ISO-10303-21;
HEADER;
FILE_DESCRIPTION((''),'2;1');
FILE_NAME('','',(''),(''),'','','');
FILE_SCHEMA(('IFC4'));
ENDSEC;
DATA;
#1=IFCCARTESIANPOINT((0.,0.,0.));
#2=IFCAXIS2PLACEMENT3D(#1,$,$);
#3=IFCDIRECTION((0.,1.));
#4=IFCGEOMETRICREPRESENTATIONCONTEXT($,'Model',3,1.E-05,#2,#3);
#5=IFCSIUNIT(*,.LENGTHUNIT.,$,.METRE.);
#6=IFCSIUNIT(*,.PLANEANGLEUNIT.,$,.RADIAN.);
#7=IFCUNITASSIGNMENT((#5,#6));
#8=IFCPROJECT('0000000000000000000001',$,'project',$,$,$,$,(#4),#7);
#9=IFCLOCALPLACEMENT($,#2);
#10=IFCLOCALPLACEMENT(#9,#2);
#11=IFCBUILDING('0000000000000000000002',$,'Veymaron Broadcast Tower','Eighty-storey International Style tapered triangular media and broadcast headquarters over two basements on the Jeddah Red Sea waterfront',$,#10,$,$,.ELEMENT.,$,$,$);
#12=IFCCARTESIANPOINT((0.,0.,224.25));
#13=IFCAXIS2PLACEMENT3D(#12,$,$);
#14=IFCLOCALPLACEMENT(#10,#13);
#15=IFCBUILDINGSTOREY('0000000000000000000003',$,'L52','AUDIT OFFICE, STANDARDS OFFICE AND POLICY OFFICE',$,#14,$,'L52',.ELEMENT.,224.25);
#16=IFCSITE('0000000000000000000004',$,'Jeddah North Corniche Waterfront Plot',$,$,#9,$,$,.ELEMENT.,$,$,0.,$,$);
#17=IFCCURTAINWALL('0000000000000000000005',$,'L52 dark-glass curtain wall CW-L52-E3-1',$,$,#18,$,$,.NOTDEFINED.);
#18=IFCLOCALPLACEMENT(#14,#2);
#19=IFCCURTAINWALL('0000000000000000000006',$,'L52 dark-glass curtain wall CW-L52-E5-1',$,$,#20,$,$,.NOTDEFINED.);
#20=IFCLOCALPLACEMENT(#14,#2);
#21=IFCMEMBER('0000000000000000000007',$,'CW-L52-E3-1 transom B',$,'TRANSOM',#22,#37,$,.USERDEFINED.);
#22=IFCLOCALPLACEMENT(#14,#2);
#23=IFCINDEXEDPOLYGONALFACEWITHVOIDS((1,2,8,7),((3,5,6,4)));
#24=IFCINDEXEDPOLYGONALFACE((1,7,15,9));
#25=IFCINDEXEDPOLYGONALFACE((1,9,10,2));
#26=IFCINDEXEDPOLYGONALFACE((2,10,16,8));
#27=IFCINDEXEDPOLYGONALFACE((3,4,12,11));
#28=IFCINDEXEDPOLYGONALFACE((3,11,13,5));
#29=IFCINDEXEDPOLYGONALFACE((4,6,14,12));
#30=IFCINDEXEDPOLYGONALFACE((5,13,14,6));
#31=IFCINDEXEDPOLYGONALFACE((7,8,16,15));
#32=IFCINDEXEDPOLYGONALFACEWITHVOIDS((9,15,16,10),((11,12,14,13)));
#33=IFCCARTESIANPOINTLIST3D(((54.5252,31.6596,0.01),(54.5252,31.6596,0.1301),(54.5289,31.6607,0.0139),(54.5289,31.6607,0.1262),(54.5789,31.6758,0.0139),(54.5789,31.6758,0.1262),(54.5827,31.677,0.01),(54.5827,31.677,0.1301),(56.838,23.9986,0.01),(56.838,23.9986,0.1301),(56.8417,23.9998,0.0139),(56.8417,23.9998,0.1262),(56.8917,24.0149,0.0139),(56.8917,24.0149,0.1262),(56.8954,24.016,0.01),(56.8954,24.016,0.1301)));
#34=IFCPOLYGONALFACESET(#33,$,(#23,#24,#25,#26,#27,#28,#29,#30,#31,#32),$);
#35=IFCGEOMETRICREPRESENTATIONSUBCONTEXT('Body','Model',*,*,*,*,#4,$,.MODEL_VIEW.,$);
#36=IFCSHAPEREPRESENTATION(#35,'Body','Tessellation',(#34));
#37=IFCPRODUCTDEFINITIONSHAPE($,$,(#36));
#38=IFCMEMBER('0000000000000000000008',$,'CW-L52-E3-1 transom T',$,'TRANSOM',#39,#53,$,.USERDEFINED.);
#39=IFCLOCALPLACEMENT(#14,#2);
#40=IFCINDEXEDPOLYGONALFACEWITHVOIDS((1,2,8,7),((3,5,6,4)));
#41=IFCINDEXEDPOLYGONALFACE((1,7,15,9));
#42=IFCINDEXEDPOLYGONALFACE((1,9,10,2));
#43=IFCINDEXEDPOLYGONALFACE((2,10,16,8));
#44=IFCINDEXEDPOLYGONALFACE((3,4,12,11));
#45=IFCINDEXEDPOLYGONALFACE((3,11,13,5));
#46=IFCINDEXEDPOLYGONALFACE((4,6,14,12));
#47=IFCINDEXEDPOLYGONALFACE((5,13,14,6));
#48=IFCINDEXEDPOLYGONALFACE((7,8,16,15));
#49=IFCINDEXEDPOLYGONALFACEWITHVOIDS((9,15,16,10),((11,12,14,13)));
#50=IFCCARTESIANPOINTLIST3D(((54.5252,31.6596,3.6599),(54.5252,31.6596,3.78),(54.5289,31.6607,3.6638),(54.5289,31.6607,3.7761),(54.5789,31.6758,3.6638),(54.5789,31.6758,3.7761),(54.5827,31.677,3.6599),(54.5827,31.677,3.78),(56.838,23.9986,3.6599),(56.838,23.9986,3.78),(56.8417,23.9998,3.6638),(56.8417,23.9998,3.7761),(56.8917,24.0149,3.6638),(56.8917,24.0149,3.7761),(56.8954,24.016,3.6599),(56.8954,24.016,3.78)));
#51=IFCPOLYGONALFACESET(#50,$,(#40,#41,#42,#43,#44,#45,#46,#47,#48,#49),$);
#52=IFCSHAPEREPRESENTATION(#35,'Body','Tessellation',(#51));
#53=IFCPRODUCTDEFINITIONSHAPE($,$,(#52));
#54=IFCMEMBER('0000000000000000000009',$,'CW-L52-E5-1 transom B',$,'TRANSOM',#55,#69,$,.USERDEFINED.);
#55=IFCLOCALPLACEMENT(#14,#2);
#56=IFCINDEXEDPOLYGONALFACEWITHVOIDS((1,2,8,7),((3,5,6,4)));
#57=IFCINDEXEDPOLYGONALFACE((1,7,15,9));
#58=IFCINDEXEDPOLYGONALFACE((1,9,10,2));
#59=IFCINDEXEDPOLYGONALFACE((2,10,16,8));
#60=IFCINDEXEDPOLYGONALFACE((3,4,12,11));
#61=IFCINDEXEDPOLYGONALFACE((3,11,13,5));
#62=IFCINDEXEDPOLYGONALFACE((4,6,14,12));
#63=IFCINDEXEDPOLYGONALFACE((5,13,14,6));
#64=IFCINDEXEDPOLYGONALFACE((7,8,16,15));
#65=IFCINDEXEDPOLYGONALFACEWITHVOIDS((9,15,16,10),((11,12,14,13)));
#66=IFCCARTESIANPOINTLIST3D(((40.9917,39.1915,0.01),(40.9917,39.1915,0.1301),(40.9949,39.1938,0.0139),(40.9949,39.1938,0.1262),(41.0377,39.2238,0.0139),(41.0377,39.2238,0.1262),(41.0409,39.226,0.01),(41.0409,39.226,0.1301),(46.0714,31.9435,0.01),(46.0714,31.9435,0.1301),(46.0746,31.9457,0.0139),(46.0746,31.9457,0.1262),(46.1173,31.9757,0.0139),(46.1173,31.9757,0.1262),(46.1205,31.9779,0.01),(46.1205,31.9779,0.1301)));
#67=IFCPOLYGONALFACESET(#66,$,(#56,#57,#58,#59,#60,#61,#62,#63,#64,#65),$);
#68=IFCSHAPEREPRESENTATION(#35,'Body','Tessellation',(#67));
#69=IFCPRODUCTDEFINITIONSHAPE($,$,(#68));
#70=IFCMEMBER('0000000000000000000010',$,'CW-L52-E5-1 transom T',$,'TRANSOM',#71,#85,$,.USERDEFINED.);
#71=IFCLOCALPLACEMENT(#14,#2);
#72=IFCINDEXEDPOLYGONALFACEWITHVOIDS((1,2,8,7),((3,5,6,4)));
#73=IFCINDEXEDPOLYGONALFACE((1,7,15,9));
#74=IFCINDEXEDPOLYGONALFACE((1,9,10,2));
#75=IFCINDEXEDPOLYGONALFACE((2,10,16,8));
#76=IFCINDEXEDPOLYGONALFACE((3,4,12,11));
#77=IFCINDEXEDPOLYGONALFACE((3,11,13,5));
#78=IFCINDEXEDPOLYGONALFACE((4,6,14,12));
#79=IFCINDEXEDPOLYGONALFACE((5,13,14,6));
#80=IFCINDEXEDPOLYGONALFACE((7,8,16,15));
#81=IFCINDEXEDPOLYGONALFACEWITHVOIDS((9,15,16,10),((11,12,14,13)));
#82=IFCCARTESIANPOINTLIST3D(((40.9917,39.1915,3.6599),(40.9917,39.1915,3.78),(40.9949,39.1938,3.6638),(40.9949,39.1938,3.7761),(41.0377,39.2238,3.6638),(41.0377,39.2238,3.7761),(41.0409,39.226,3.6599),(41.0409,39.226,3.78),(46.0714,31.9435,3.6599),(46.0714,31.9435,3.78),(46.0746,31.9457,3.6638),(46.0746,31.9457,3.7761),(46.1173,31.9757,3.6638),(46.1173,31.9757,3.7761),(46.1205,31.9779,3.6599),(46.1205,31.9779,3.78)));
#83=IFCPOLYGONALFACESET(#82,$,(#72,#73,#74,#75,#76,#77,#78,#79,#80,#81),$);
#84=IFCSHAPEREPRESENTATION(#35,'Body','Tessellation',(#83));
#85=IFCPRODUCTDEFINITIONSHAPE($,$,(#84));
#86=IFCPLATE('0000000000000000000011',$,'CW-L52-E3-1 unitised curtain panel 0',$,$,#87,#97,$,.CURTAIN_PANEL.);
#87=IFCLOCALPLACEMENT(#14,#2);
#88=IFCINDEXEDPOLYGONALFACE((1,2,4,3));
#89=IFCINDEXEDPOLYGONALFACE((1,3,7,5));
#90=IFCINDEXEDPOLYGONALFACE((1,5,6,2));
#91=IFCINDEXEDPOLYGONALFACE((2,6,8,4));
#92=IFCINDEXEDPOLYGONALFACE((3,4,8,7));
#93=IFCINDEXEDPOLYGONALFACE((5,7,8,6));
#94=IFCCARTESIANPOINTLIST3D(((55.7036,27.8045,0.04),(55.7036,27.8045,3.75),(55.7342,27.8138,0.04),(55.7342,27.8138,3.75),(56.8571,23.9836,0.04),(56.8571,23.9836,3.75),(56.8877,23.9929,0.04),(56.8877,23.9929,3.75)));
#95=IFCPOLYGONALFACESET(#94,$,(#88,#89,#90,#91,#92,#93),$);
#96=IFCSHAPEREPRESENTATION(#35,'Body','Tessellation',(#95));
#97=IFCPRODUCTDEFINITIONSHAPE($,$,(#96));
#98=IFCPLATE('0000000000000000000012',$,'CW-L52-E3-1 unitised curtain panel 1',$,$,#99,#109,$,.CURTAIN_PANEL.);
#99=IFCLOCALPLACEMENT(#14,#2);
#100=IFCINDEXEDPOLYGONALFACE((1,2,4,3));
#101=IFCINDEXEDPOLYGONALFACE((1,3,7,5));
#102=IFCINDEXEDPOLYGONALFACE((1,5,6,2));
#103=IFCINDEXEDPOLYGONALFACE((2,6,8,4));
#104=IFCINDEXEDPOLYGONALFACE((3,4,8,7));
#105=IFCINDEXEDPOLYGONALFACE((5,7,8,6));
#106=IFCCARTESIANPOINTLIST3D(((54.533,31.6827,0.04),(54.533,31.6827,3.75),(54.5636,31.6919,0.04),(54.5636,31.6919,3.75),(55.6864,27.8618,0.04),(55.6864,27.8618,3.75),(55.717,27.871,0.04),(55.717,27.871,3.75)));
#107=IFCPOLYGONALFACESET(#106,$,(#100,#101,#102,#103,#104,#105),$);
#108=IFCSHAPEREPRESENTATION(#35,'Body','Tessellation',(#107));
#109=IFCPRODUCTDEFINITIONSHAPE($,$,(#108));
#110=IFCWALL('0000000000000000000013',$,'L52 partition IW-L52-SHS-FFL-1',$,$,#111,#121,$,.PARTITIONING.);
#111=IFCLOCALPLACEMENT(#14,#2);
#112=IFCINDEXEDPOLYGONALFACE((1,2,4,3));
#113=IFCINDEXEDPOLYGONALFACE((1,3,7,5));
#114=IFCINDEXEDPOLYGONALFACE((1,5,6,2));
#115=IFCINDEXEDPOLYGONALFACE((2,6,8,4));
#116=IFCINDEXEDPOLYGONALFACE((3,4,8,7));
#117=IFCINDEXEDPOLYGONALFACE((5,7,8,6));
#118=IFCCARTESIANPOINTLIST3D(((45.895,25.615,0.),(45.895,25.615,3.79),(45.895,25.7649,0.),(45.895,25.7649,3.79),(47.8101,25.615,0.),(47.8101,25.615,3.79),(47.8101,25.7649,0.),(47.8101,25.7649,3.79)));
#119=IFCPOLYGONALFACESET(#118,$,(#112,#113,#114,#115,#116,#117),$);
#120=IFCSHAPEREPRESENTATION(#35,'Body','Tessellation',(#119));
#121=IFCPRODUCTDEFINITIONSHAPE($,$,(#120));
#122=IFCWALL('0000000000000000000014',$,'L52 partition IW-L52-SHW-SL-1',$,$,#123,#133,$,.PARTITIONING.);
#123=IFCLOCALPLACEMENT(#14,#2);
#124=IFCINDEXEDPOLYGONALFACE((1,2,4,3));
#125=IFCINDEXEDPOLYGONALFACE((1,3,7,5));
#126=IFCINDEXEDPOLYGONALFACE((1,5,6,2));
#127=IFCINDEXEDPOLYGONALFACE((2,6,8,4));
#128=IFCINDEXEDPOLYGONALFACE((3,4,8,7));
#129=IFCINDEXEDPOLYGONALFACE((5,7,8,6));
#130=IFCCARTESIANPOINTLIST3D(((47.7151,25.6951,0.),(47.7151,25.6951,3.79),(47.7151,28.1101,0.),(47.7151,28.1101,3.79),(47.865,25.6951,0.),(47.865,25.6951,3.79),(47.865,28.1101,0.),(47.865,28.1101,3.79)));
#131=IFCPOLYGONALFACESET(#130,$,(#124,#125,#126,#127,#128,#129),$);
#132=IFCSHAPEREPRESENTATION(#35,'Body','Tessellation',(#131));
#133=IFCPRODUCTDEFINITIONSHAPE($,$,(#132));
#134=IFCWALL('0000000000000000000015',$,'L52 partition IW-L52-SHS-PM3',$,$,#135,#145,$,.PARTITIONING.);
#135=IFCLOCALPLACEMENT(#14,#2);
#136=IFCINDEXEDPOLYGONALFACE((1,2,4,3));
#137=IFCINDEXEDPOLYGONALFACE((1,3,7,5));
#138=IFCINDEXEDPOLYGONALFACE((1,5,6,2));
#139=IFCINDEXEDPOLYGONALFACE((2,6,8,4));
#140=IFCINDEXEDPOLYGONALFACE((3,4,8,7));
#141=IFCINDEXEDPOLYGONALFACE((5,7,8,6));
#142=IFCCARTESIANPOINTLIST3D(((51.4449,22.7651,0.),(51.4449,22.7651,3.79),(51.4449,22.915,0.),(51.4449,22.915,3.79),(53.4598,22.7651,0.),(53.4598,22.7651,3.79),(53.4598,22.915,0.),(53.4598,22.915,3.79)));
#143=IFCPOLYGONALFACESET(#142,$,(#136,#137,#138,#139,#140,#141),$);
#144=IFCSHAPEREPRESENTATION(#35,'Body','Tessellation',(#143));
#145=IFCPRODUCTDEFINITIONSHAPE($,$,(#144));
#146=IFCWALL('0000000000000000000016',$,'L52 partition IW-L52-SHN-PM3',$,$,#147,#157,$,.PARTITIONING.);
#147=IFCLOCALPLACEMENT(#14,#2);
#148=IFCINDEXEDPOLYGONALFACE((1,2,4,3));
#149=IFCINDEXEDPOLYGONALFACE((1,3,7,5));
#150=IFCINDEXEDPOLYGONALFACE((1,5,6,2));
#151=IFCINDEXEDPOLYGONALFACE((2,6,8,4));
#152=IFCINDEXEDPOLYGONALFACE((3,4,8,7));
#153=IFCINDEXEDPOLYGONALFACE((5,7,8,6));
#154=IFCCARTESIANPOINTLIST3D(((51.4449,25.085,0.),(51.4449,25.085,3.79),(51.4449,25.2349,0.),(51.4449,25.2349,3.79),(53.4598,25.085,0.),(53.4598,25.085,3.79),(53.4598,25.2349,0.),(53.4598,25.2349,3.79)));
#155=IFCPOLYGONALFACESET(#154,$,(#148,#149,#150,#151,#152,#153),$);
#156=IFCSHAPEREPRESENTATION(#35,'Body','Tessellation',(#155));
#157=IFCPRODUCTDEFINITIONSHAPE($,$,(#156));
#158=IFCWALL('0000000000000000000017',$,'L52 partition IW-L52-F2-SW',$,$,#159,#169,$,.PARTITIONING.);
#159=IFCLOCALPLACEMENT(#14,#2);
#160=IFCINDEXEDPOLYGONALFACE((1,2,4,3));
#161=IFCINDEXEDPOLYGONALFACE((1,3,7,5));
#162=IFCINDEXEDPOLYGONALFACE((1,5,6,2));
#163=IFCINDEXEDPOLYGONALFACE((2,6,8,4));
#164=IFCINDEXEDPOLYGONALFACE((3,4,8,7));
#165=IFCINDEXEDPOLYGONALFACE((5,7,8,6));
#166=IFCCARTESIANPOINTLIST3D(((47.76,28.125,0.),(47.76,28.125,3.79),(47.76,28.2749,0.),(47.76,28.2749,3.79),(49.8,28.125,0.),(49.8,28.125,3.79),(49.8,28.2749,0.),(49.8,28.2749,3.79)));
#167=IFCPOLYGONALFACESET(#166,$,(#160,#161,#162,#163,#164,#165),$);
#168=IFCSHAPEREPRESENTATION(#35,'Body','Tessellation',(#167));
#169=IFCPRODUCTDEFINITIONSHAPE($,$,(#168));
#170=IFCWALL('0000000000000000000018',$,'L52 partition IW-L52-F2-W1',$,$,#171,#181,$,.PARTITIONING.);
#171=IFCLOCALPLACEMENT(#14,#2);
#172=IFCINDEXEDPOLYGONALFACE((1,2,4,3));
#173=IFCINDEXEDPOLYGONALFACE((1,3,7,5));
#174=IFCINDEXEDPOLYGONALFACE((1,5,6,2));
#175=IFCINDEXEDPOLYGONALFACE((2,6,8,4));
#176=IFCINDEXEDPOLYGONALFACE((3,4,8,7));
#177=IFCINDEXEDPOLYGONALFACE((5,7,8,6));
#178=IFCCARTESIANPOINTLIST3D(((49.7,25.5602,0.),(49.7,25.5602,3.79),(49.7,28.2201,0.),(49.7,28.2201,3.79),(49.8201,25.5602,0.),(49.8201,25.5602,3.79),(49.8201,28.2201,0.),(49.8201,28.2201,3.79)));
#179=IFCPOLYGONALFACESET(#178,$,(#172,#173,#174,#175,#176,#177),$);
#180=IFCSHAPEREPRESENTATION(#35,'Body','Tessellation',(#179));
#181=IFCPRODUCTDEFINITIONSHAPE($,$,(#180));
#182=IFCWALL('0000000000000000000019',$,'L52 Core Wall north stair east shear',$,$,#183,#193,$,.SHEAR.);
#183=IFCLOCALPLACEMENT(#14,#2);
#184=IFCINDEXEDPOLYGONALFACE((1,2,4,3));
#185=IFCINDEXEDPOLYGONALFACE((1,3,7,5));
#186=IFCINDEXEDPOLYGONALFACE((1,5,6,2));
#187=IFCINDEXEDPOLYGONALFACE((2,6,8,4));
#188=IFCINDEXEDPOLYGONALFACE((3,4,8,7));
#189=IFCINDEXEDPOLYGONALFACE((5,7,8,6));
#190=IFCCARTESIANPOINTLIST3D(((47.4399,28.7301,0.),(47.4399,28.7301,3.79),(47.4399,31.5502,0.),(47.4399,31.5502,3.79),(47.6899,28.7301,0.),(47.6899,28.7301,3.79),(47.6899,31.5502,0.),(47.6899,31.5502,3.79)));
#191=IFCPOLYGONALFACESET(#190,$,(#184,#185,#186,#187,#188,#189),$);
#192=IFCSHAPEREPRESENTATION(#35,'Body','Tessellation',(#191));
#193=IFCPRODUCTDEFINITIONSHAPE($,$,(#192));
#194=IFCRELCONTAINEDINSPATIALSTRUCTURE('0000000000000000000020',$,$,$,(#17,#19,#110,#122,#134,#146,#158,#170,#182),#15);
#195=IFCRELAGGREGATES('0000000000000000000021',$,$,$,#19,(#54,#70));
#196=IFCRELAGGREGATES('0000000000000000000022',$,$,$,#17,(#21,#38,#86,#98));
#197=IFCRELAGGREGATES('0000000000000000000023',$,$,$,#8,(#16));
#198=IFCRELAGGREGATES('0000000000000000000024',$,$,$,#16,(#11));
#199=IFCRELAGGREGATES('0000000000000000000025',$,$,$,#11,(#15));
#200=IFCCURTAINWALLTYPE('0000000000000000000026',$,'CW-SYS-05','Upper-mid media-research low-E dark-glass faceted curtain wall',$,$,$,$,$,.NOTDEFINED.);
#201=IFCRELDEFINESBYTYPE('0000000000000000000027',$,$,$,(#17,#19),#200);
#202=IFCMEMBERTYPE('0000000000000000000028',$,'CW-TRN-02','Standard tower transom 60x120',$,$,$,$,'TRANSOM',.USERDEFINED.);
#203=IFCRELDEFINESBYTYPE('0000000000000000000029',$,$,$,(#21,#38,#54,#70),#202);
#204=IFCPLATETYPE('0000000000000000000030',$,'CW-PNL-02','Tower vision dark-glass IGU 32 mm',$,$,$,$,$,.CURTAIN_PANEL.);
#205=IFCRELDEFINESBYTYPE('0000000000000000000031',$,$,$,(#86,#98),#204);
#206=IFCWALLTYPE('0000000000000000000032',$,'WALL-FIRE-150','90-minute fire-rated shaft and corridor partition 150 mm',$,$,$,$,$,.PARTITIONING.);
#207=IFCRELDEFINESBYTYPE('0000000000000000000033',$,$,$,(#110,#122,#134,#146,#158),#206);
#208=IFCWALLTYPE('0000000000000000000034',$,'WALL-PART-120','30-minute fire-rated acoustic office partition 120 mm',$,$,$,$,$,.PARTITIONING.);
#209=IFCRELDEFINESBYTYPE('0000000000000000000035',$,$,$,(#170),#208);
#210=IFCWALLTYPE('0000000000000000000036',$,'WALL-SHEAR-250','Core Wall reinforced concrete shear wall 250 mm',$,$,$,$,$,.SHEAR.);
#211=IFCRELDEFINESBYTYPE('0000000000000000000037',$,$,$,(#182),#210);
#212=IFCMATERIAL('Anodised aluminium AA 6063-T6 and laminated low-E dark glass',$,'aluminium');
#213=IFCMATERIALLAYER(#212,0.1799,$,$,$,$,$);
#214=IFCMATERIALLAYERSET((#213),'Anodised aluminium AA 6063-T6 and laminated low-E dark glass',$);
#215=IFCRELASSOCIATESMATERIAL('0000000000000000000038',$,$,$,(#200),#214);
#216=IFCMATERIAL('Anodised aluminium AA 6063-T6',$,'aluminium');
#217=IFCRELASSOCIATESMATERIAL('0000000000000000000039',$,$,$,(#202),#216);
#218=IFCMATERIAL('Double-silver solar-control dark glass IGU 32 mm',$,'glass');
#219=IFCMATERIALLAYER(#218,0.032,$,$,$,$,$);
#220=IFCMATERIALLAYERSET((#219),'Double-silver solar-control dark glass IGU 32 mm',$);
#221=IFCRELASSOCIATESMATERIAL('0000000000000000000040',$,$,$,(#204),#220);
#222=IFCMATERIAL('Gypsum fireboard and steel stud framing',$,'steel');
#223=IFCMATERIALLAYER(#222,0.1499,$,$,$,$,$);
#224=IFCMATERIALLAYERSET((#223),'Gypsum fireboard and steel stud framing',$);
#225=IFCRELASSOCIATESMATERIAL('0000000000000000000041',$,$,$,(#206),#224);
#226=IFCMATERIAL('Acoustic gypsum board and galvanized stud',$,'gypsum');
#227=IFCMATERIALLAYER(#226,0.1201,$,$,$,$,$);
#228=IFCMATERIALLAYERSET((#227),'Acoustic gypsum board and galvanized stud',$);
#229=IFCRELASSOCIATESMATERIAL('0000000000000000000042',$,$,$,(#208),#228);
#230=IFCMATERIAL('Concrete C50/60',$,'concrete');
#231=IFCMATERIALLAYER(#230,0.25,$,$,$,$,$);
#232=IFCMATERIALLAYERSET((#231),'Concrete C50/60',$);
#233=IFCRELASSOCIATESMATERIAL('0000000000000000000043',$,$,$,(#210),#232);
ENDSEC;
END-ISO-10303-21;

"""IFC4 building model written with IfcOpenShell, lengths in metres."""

from ifc_helpers import new_model, si_unit, direction, frame, frame_2d, origin, origin_2d, place, context, subcontext, project, spatial, rectangle, hollow_rectangle, extrude, material, layer, layer_set, material_profile, profile_set, type_object, element, aggregate, save


model = new_model("IFC4")

# Units and contexts
model_context = context("Model", 3, precision=1e-05, world=origin(), true_north=direction((0.0, 1.0)))
body_context = subcontext(model_context, "Body", "Model", "MODEL_VIEW")
ifc_project = project(units=[si_unit("LENGTHUNIT", "METRE"), si_unit("PLANEANGLEUNIT", "RADIAN")], contexts=[model_context])

# Site, building, storey
site_placement = place(None, origin())
site = spatial("IfcSite", under=ifc_project, at=site_placement, Name="Jeddah North Corniche Waterfront Plot", CompositionType="ELEMENT", RefElevation=0.0)
building_placement = place(site_placement, origin())
building = spatial("IfcBuilding", under=site, at=building_placement, Name="Veymaron Broadcast Tower", Description="Eighty-storey International Style tapered triangular media and broadcast headquarters over two basements on the Jeddah Red Sea waterfront", CompositionType="ELEMENT")
storey_placement = place(building_placement, frame((0.0, 0.0, 224.25)))
storey = spatial("IfcBuildingStorey", under=building, at=storey_placement, Name="L52", Description="AUDIT OFFICE, STANDARDS OFFICE AND POLICY OFFICE", LongName="L52", CompositionType="ELEMENT", Elevation=224.25)

# Shared definitions
ifc_material_1 = material(Name="Anodised aluminium AA 6063-T6 and laminated low-E dark glass", Category="aluminium")
ifc_layer_1 = layer(ifc_material_1, 0.1799)
ifc_layer_set_1 = layer_set([ifc_layer_1], Name="Anodised aluminium AA 6063-T6 and laminated low-E dark glass")
curtain_wall_type = type_object("IfcCurtainWallType", Name="CW-SYS-05", Description="Upper-mid media-research low-E dark-glass faceted curtain wall", PredefinedType="NOTDEFINED", material=ifc_layer_set_1)
ifc_material_2 = material(Name="Anodised aluminium AA 6063-T6", Category="aluminium")

# Curtain wall
curtain_wall_1_placement = place(storey_placement, origin())
curtain_wall_1 = element("IfcCurtainWall", 1, at=curtain_wall_1_placement, inside=storey, type_object=curtain_wall_type, Name="L52 dark-glass curtain wall CW-L52-E3-1", PredefinedType="NOTDEFINED")

# Curtain wall
curtain_wall_2_placement = place(storey_placement, origin())
curtain_wall_2 = element("IfcCurtainWall", 2, at=curtain_wall_2_placement, inside=storey, type_object=curtain_wall_type, Name="L52 dark-glass curtain wall CW-L52-E5-1", PredefinedType="NOTDEFINED")

# Members
ifc_material_profile_1 = material_profile(ifc_material_2, hollow_rectangle(XDim=0.0601, YDim=0.1201, WallThickness=0.0039, at=origin_2d()), Name="AL120X60X4")
ifc_profile_set_1 = profile_set([ifc_material_profile_1], Name="Anodised aluminium AA 6063-T6")
member_type_1 = type_object("IfcMemberType", Name="CW-TRN-02", Description="Standard tower transom 60x120", ElementType="TRANSOM", PredefinedType="USERDEFINED", material=ifc_profile_set_1)
member_1_placement = place(storey_placement, frame((56.8667, 24.0073, 0.0701), z_axis=(-0.289007, 0.957327, 0.0), x_axis=(-0.957327, -0.289007, 0.0)))
member_1 = element("IfcMember", 3, at=member_1_placement, type_object=member_type_1, Name="CW-L52-E3-1 transom B", ObjectType="TRANSOM", PredefinedType="USERDEFINED", context=body_context, shape_type="SweptSolid", body=[
    extrude(hollow_rectangle(XDim=0.0601, YDim=0.1201, WallThickness=0.0039, at=origin_2d()), origin(), (0.0, 0.0, 1.0), 8.0024),
])
member_2_placement = place(storey_placement, frame((56.8667, 24.0073, 3.72), z_axis=(-0.289007, 0.957327, 0.0), x_axis=(-0.957327, -0.289007, 0.0)))
member_2 = element("IfcMember", 4, at=member_2_placement, type_object=member_type_1, Name="CW-L52-E3-1 transom T", ObjectType="TRANSOM", PredefinedType="USERDEFINED", context=body_context, shape_type="SweptSolid", body=[
    extrude(hollow_rectangle(XDim=0.0601, YDim=0.1201, WallThickness=0.0039, at=origin_2d()), origin(), (0.0, 0.0, 1.0), 8.0024),
])
member_3_placement = place(storey_placement, frame((46.0959, 31.9607, 0.0701), z_axis=(-0.573914, 0.818916, 0.0), x_axis=(-0.818916, -0.573914, 0.0)))
member_3 = element("IfcMember", 5, at=member_3_placement, type_object=member_type_1, Name="CW-L52-E5-1 transom B", ObjectType="TRANSOM", PredefinedType="USERDEFINED", context=body_context, shape_type="SweptSolid", body=[
    extrude(hollow_rectangle(XDim=0.0601, YDim=0.1201, WallThickness=0.0039, at=origin_2d()), origin(), (0.0, 0.0, 1.0), 8.8508),
])
member_4_placement = place(storey_placement, frame((46.0959, 31.9607, 3.72), z_axis=(-0.573914, 0.818916, 0.0), x_axis=(-0.818916, -0.573914, 0.0)))
member_4 = element("IfcMember", 6, at=member_4_placement, type_object=member_type_1, Name="CW-L52-E5-1 transom T", ObjectType="TRANSOM", PredefinedType="USERDEFINED", context=body_context, shape_type="SweptSolid", body=[
    extrude(hollow_rectangle(XDim=0.0601, YDim=0.1201, WallThickness=0.0039, at=origin_2d()), origin(), (0.0, 0.0, 1.0), 8.8508),
])
aggregate(curtain_wall_2, [member_3, member_4])

# Plates
ifc_material_3 = material(Name="Double-silver solar-control dark glass IGU 32 mm", Category="glass")
ifc_layer_2 = layer(ifc_material_3, 0.032)
ifc_layer_set_2 = layer_set([ifc_layer_2], Name="Double-silver solar-control dark glass IGU 32 mm")
plate_type = type_object("IfcPlateType", Name="CW-PNL-02", Description="Tower vision dark-glass IGU 32 mm", PredefinedType="CURTAIN_PANEL", material=ifc_layer_set_2)
plate_1_placement = place(storey_placement, frame((56.2957, 25.8987, 0.04), z_axis=(0.0, 0.0, 1.0), x_axis=(-0.288998, 0.95733, 0.0)))
plate_1 = element("IfcPlate", 7, at=plate_1_placement, type_object=plate_type, Name="CW-L52-E3-1 unitised curtain panel 0", PredefinedType="CURTAIN_PANEL", context=body_context, shape_type="SweptSolid", body=[
    extrude(rectangle(XDim=3.9912, YDim=0.032, at=origin_2d()), origin(), (0.0, 0.0, 1.0), 3.71),
])
plate_2_placement = place(storey_placement, frame((55.125, 29.7769, 0.04), z_axis=(0.0, 0.0, 1.0), x_axis=(-0.288998, 0.95733, 0.0)))
plate_2 = element("IfcPlate", 8, at=plate_2_placement, type_object=plate_type, Name="CW-L52-E3-1 unitised curtain panel 1", PredefinedType="CURTAIN_PANEL", context=body_context, shape_type="SweptSolid", body=[
    extrude(rectangle(XDim=3.9912, YDim=0.032, at=origin_2d()), origin(), (0.0, 0.0, 1.0), 3.71),
])
aggregate(curtain_wall_1, [member_1, member_2, plate_1, plate_2])

# Wall
ifc_material_4 = material(Name="Gypsum fireboard and steel stud framing", Category="steel")
ifc_layer_3 = layer(ifc_material_4, 0.1499)
ifc_layer_set_3 = layer_set([ifc_layer_3], Name="Gypsum fireboard and steel stud framing")
wall_type_1 = type_object("IfcWallType", Name="WALL-FIRE-150", Description="90-minute fire-rated shaft and corridor partition 150 mm", PredefinedType="PARTITIONING", material=ifc_layer_set_3)
wall_1_placement = place(storey_placement, frame((45.895, 25.6899, 0.0), z_axis=(0.0, 0.0, 1.0), x_axis=(1.0, 0.0, 0.0)))
element("IfcWall", 9, at=wall_1_placement, inside=storey, type_object=wall_type_1, Name="L52 partition IW-L52-SHS-FFL-1", PredefinedType="PARTITIONING", context=body_context, shape_type="SweptSolid", body=[
    extrude(rectangle(XDim=1.915, YDim=0.1499, at=frame_2d((0.9575, 0.0))), origin(), (0.0, 0.0, 1.0), 3.79),
])

# Wall
wall_2_placement = place(storey_placement, frame((47.79, 25.6951, 0.0), z_axis=(0.0, 0.0, 1.0), x_axis=(0.0, 1.0, 0.0)))
element("IfcWall", 10, at=wall_2_placement, inside=storey, type_object=wall_type_1, Name="L52 partition IW-L52-SHW-SL-1", PredefinedType="PARTITIONING", context=body_context, shape_type="SweptSolid", body=[
    extrude(rectangle(XDim=2.415, YDim=0.1499, at=frame_2d((1.2075, 0.0))), origin(), (0.0, 0.0, 1.0), 3.79),
])

# Walls
for number, where, z_axis, x_axis, name in (
    (11, (51.4451, 22.8401, 0.0), (0.0, 0.0, 1.0), (1.0, 0.0, 0.0), "L52 partition IW-L52-SHS-PM3"),
    (12, (51.4451, 25.1599, 0.0), (0.0, 0.0, 1.0), (1.0, 0.0, 0.0), "L52 partition IW-L52-SHN-PM3"),
):
    element("IfcWall", number, at=place(storey_placement, frame(where, z_axis=z_axis, x_axis=x_axis)), inside=storey, type_object=wall_type_1, Name=name, PredefinedType="PARTITIONING", context=body_context, shape_type="SweptSolid", body=[
        extrude(rectangle(XDim=2.0149, YDim=0.1499, at=frame_2d((1.0073, 0.0))), origin(), (0.0, 0.0, 1.0), 3.79),
    ])
wall_3_placement = place(storey_placement, frame((47.76, 28.2, 0.0), z_axis=(0.0, 0.0, 1.0), x_axis=(1.0, 0.0, 0.0)))
element("IfcWall", 13, at=wall_3_placement, inside=storey, type_object=wall_type_1, Name="L52 partition IW-L52-F2-SW", PredefinedType="PARTITIONING", context=body_context, shape_type="SweptSolid", body=[
    extrude(rectangle(XDim=2.04, YDim=0.1499, at=frame_2d((1.02, 0.0))), origin(), (0.0, 0.0, 1.0), 3.79),
])
ifc_material_5 = material(Name="Acoustic gypsum board and galvanized stud", Category="gypsum")
ifc_layer_4 = layer(ifc_material_5, 0.1201)
ifc_layer_set_4 = layer_set([ifc_layer_4], Name="Acoustic gypsum board and galvanized stud")
wall_type_2 = type_object("IfcWallType", Name="WALL-PART-120", Description="30-minute fire-rated acoustic office partition 120 mm", PredefinedType="PARTITIONING", material=ifc_layer_set_4)
wall_4_placement = place(storey_placement, frame((49.76, 25.5601, 0.0), z_axis=(0.0, 0.0, 1.0), x_axis=(0.0, 1.0, 0.0)))
element("IfcWall", 14, at=wall_4_placement, inside=storey, type_object=wall_type_2, Name="L52 partition IW-L52-F2-W1", PredefinedType="PARTITIONING", context=body_context, shape_type="SweptSolid", body=[
    extrude(rectangle(XDim=2.6599, YDim=0.1201, at=frame_2d((1.3301, 0.0))), origin(), (0.0, 0.0, 1.0), 3.79),
])

# Wall
ifc_material_6 = material(Name="Concrete C50/60", Category="concrete")
ifc_layer_5 = layer(ifc_material_6, 0.25)
ifc_layer_set_5 = layer_set([ifc_layer_5], Name="Concrete C50/60")
wall_type_3 = type_object("IfcWallType", Name="WALL-SHEAR-250", Description="Core Wall reinforced concrete shear wall 250 mm", PredefinedType="SHEAR", material=ifc_layer_set_5)
wall_5_placement = place(storey_placement, frame((47.5649, 28.73, 0.0), z_axis=(0.0, 0.0, 1.0), x_axis=(0.0, 1.0, 0.0)))
element("IfcWall", 15, at=wall_5_placement, inside=storey, type_object=wall_type_3, Name="L52 Core Wall north stair east shear", PredefinedType="SHEAR", context=body_context, shape_type="SweptSolid", body=[
    extrude(rectangle(XDim=2.8201, YDim=0.25, at=frame_2d((1.4102, 0.0))), origin(), (0.0, 0.0, 1.0), 3.79),
])

save(model, "model.ifc")
